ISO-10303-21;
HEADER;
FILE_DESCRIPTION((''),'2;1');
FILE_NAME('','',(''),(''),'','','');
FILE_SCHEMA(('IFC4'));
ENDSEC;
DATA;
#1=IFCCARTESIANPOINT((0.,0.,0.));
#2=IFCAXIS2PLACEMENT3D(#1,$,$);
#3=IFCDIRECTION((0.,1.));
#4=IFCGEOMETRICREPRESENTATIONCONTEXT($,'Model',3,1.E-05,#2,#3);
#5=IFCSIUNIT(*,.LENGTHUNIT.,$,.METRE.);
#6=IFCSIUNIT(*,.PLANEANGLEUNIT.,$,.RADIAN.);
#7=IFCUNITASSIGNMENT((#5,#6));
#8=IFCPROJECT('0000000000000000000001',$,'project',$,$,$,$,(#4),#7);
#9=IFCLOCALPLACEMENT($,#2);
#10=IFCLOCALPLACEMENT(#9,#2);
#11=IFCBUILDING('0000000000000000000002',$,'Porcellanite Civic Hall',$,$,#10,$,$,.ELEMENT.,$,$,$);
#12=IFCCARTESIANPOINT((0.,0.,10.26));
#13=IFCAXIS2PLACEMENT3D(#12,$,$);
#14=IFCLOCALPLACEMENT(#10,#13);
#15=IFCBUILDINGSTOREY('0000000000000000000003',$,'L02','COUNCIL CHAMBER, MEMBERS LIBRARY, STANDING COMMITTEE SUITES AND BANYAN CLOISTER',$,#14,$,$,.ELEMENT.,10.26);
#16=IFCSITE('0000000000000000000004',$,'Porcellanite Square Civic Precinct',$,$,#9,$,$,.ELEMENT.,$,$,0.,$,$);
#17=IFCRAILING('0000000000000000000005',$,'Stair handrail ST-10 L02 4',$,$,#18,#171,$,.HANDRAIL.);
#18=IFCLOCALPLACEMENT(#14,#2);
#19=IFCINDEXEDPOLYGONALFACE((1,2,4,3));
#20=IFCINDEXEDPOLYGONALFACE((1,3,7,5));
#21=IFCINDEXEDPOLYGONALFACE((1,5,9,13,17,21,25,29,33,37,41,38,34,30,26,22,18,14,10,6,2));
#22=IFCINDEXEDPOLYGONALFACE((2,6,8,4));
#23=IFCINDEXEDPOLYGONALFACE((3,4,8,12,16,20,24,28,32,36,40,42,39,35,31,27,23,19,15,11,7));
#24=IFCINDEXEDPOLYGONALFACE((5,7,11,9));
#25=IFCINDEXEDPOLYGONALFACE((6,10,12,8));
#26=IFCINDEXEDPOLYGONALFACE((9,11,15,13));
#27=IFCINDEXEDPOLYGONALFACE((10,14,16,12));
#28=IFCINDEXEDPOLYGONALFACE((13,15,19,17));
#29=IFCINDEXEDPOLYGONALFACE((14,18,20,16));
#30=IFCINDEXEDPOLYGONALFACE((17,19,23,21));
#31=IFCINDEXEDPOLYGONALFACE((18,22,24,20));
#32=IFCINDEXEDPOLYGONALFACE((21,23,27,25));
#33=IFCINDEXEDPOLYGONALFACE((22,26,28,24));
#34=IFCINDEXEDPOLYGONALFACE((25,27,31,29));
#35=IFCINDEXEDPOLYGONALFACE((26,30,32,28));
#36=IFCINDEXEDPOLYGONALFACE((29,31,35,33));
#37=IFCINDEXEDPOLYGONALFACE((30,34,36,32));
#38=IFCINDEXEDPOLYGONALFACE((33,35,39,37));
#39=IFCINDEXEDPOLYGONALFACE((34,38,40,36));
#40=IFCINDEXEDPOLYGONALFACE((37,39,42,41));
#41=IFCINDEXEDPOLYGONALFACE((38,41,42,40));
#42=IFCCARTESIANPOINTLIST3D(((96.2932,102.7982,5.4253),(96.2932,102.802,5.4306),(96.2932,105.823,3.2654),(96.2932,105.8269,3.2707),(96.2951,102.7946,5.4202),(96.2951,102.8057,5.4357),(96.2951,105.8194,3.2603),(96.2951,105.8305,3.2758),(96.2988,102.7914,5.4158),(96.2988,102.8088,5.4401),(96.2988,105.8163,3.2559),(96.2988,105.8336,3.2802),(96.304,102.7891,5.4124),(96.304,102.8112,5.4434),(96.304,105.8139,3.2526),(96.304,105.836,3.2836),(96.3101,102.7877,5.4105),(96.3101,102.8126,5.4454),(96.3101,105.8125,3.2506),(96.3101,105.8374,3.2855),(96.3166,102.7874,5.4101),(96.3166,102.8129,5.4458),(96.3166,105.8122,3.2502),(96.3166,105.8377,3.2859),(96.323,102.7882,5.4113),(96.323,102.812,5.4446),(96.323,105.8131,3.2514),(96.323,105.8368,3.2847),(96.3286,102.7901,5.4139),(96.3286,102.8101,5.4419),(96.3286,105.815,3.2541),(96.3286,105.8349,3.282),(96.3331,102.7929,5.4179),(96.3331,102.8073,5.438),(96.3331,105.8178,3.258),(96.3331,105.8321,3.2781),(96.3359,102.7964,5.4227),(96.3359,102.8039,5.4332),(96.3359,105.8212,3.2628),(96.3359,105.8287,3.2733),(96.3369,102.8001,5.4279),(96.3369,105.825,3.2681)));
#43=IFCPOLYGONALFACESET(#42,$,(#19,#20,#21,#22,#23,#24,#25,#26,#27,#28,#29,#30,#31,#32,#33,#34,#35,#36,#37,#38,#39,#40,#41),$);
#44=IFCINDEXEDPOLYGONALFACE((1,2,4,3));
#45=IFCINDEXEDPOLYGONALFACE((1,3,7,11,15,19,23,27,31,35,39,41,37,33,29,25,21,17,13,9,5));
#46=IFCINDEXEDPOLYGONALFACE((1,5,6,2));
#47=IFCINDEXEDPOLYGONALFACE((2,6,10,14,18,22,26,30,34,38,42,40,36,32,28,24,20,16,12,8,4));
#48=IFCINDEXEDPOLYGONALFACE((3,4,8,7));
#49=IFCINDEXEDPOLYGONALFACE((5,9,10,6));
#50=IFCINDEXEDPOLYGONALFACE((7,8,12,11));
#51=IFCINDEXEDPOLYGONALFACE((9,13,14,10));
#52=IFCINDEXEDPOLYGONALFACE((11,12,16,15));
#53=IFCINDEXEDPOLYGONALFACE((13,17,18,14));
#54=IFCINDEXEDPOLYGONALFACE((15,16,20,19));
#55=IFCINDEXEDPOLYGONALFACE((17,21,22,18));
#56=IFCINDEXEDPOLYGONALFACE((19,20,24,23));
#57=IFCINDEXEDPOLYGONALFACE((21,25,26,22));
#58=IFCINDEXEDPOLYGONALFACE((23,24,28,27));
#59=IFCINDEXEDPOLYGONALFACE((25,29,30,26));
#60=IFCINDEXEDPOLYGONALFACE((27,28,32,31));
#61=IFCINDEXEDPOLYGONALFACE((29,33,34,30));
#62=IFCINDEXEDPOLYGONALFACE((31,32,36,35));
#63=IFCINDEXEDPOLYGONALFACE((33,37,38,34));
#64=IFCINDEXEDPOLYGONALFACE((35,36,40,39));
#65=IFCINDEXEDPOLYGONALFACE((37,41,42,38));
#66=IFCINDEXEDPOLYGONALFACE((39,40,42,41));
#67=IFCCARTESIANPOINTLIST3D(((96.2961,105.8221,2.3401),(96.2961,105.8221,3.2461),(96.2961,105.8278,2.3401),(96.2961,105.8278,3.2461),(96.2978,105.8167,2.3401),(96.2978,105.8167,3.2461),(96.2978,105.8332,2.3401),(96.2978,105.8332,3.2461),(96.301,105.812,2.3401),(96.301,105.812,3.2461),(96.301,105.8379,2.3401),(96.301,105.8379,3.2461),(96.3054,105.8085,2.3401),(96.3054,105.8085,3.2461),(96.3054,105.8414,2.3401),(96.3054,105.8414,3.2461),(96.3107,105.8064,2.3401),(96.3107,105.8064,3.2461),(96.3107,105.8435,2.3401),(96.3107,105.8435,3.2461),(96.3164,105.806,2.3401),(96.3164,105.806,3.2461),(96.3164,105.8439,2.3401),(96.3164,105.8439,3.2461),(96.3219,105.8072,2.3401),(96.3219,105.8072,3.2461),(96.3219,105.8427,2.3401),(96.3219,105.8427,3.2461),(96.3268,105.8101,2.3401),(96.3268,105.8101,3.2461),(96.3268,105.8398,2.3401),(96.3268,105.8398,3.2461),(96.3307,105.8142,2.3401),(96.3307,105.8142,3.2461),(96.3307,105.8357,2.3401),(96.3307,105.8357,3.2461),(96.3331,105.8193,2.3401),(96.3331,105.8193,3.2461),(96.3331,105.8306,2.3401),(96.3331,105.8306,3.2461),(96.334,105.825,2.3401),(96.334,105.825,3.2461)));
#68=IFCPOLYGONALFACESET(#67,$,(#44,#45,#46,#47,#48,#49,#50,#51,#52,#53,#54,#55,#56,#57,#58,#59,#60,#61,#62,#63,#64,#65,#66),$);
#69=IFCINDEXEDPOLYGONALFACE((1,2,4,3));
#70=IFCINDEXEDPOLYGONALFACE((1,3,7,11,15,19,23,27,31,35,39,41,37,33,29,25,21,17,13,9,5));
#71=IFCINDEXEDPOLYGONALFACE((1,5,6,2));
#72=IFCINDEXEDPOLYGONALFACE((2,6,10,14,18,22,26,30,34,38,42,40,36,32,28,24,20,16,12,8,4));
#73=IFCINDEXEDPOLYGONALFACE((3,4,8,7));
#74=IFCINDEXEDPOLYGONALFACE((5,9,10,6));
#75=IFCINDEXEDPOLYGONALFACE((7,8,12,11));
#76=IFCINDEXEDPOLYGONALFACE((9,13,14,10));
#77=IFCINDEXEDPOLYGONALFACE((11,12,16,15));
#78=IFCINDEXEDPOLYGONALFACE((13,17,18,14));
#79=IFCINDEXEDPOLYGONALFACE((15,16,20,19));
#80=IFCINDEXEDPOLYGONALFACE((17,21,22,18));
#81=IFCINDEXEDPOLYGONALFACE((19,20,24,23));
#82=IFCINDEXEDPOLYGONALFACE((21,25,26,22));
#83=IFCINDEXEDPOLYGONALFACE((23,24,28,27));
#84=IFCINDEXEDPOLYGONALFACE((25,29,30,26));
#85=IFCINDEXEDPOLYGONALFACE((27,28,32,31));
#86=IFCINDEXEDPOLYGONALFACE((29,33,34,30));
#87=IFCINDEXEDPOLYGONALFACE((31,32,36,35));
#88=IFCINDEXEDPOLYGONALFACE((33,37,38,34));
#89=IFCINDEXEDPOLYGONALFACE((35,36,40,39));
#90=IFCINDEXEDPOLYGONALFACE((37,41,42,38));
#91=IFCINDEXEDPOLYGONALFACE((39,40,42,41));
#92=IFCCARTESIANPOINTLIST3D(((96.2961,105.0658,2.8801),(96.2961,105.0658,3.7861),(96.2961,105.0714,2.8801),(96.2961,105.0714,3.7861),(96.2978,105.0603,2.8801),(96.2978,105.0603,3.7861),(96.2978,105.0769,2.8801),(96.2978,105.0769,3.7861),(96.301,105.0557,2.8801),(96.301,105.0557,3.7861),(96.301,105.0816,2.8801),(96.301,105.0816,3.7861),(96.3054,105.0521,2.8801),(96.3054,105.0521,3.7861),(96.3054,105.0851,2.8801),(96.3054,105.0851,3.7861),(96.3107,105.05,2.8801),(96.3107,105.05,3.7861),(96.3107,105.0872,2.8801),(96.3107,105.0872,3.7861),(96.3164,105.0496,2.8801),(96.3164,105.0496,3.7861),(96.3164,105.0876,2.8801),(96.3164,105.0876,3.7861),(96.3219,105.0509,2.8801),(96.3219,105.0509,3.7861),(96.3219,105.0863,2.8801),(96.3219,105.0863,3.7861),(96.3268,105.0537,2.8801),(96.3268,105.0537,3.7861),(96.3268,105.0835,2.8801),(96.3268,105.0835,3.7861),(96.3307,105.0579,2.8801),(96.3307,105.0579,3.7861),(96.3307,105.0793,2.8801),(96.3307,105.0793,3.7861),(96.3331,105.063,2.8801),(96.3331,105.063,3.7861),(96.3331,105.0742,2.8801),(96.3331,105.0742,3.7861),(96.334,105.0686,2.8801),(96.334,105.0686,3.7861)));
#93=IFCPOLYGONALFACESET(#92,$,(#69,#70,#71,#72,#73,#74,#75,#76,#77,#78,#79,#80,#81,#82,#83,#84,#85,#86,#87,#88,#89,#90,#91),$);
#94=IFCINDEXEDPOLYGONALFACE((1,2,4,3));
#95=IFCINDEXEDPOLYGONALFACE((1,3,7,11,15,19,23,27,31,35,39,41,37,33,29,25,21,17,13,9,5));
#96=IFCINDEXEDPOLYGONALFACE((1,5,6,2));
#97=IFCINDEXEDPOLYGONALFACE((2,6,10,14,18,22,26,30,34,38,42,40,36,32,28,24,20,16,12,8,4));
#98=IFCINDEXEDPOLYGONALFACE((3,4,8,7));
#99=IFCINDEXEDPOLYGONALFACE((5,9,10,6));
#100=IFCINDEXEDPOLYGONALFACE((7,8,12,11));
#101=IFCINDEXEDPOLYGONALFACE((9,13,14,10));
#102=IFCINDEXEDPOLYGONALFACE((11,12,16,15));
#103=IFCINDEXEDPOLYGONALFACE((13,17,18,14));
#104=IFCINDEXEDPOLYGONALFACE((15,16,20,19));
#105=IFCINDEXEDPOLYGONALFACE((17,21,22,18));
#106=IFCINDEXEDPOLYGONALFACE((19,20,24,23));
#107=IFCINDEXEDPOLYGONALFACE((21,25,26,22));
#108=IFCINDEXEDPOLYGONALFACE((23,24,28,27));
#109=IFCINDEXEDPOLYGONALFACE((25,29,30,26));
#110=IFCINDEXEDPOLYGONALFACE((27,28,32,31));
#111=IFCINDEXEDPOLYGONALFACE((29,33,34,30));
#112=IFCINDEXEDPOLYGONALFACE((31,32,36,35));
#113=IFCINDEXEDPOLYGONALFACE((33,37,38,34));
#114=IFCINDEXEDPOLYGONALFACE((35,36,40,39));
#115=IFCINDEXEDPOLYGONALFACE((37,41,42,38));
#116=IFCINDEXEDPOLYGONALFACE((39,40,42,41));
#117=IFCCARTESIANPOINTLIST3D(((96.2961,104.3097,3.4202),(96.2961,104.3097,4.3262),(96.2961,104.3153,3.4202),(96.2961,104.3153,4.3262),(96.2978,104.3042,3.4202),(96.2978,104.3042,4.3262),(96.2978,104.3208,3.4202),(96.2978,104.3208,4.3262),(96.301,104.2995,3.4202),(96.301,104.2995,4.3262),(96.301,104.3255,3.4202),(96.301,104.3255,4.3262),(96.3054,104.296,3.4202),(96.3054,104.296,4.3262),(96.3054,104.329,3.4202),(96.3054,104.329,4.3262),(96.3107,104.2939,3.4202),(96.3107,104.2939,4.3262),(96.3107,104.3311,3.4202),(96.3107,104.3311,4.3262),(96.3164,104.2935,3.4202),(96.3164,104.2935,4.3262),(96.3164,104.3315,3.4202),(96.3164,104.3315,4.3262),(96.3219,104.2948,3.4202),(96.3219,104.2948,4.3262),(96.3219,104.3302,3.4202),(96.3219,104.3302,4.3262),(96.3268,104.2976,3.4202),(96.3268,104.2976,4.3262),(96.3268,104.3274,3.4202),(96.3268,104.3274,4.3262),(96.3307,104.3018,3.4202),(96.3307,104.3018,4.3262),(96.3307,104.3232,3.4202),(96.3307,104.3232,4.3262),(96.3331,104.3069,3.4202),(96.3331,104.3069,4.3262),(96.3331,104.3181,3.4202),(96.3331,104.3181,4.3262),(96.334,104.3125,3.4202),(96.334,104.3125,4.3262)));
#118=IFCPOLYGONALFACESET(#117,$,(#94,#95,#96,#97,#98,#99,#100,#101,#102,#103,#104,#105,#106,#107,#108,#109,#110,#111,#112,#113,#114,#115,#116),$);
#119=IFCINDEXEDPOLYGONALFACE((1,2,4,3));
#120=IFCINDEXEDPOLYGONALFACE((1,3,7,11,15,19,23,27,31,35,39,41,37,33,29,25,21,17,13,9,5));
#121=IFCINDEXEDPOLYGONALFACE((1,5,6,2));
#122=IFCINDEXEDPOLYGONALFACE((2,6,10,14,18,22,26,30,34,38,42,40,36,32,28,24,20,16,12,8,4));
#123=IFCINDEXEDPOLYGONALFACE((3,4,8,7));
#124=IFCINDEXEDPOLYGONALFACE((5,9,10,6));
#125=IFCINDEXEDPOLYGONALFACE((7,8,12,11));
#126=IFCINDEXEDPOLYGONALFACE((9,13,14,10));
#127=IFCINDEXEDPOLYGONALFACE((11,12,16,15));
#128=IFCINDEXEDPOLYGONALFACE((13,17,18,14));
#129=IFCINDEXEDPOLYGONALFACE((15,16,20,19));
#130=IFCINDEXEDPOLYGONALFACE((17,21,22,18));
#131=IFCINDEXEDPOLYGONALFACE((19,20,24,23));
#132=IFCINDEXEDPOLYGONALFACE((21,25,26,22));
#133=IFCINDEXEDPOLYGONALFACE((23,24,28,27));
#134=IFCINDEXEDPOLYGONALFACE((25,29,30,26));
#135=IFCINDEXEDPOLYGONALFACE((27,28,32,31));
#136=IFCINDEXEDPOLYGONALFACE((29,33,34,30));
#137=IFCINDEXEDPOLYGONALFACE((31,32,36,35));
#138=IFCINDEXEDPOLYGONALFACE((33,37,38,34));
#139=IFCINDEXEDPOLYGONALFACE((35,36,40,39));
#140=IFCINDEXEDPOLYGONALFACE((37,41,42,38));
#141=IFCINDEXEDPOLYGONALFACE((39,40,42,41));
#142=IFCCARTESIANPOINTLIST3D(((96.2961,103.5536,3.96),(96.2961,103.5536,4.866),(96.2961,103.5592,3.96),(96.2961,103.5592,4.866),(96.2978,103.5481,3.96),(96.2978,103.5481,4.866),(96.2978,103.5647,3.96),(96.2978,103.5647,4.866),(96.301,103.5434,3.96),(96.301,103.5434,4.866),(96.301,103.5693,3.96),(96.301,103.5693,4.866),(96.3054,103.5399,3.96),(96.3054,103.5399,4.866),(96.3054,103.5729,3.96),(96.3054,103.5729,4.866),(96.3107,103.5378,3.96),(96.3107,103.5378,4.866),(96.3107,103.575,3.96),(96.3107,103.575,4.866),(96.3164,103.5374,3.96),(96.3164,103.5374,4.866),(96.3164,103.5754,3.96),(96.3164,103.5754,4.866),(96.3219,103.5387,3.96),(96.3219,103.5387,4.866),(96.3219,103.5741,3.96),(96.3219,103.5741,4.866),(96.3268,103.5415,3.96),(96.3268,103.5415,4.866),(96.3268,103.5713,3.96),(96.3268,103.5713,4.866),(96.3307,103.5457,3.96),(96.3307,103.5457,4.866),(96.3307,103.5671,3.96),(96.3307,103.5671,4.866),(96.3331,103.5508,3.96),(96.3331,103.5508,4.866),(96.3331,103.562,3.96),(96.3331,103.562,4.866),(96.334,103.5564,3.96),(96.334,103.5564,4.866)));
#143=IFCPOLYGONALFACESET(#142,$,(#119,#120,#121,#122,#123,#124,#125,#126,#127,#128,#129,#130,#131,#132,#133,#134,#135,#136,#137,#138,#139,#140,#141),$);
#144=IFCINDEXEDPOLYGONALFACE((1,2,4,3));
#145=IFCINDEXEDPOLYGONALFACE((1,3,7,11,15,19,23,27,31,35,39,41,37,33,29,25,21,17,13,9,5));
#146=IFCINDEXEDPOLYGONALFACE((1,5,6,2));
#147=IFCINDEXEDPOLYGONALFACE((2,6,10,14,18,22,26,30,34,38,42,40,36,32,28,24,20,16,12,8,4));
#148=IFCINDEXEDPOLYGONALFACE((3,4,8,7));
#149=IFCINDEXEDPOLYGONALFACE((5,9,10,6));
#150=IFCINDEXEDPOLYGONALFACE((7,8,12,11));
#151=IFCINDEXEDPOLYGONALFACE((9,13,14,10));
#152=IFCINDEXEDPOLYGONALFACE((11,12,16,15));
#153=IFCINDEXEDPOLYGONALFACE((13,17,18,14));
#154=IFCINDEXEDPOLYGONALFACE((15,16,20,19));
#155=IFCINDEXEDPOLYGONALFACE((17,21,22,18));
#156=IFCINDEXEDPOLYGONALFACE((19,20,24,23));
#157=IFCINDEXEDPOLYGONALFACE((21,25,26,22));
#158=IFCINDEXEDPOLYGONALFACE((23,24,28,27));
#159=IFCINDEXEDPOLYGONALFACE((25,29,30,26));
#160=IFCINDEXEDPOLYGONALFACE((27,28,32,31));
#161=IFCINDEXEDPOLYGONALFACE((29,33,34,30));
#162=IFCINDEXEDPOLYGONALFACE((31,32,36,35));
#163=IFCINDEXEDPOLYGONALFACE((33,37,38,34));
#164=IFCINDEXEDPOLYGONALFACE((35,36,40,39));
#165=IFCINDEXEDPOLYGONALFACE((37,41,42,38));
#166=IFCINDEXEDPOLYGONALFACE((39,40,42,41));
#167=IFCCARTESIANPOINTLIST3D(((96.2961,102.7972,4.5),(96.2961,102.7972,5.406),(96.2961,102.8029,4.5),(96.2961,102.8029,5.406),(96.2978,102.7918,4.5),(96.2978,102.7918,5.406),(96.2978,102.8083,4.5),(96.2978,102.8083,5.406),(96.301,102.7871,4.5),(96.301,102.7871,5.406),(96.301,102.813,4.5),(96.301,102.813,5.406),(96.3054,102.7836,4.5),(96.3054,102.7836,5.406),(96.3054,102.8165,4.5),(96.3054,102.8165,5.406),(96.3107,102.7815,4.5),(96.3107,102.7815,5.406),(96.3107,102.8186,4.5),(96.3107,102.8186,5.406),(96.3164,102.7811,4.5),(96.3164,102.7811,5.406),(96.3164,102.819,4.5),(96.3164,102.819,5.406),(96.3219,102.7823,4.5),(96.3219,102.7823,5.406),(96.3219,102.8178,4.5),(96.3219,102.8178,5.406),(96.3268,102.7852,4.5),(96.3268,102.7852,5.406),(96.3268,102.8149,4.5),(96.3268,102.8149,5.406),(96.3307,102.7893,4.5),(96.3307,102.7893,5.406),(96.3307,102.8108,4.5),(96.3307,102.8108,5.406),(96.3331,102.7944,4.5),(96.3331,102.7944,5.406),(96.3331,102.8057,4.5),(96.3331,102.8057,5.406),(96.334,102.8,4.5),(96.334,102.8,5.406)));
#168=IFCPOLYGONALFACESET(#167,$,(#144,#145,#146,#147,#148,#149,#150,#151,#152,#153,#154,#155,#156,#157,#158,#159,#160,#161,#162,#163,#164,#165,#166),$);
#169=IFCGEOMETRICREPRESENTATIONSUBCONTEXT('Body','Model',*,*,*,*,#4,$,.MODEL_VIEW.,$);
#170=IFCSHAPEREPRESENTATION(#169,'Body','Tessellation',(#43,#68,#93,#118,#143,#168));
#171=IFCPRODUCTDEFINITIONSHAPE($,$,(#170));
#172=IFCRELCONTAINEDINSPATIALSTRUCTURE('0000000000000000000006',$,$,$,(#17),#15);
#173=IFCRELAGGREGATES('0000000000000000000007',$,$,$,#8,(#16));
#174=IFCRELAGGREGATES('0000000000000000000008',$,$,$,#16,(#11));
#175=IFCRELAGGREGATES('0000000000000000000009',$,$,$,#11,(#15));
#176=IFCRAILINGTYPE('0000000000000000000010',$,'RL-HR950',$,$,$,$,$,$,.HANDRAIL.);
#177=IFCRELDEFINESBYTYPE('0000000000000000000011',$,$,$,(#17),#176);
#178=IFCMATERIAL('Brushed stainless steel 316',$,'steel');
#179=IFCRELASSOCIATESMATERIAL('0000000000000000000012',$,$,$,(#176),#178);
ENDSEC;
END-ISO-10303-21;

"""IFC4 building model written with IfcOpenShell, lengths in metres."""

from ifc_helpers import new_model, si_unit, direction, frame, origin, origin_2d, place, context, subcontext, project, spatial, circle, extrude, material, type_object, element, save


model = new_model("IFC4")

# Units and contexts
model_context = context("Model", 3, precision=1e-05, world=origin(), true_north=direction((0.0, 1.0)))
body_context = subcontext(model_context, "Body", "Model", "MODEL_VIEW")
ifc_project = project(units=[si_unit("LENGTHUNIT", "METRE"), si_unit("PLANEANGLEUNIT", "RADIAN")], contexts=[model_context])

# Site, building, storey
site_placement = place(None, origin())
site = spatial("IfcSite", under=ifc_project, at=site_placement, Name="Porcellanite Square Civic Precinct", CompositionType="ELEMENT", RefElevation=0.0)
building_placement = place(site_placement, origin())
building = spatial("IfcBuilding", under=site, at=building_placement, Name="Porcellanite Civic Hall", CompositionType="ELEMENT")
storey_placement = place(building_placement, frame((0.0, 0.0, 10.26)))
storey = spatial("IfcBuildingStorey", under=building, at=storey_placement, Name="L02", Description="COUNCIL CHAMBER, MEMBERS LIBRARY, STANDING COMMITTEE SUITES AND BANYAN CLOISTER", CompositionType="ELEMENT", Elevation=10.26)

# Railing
ifc_material_1 = material(Name="Brushed stainless steel 316", Category="steel")
railing_type_1 = type_object("IfcRailingType", Name="RL-HR950", PredefinedType="HANDRAIL", material=ifc_material_1)
railing_1_placement = place(storey_placement, frame((96.3149, 105.825, 2.3401)))
element("IfcRailing", 1, at=railing_1_placement, inside=storey, type_object=railing_type_1, Name="Stair handrail ST-10 L02 4", PredefinedType="HANDRAIL", context=body_context, shape_type="SweptSolid", body=[
    extrude(circle(Radius=0.022, at=origin_2d()), frame((0.0, 0.0, 0.928), z_axis=(0.0, -0.813827, 0.581108), x_axis=(1.0, 0.0, 0.0)), (0.0, 0.0, 1.0), 3.7168),
    extrude(circle(Radius=0.019, at=origin_2d()), origin(), (0.0, 0.0, 1.0), 0.906),
    extrude(circle(Radius=0.019, at=origin_2d()), frame((0.0, -0.7563, 0.54)), (0.0, 0.0, 1.0), 0.906),
    extrude(circle(Radius=0.019, at=origin_2d()), frame((0.0, -1.5125, 1.0801)), (0.0, 0.0, 1.0), 0.906),
    extrude(circle(Radius=0.019, at=origin_2d()), frame((0.0, -2.2686, 1.6199)), (0.0, 0.0, 1.0), 0.906),
    extrude(circle(Radius=0.019, at=origin_2d()), frame((0.0, -3.0249, 2.1599)), (0.0, 0.0, 1.0), 0.906),
])

save(model, "model.ifc")
